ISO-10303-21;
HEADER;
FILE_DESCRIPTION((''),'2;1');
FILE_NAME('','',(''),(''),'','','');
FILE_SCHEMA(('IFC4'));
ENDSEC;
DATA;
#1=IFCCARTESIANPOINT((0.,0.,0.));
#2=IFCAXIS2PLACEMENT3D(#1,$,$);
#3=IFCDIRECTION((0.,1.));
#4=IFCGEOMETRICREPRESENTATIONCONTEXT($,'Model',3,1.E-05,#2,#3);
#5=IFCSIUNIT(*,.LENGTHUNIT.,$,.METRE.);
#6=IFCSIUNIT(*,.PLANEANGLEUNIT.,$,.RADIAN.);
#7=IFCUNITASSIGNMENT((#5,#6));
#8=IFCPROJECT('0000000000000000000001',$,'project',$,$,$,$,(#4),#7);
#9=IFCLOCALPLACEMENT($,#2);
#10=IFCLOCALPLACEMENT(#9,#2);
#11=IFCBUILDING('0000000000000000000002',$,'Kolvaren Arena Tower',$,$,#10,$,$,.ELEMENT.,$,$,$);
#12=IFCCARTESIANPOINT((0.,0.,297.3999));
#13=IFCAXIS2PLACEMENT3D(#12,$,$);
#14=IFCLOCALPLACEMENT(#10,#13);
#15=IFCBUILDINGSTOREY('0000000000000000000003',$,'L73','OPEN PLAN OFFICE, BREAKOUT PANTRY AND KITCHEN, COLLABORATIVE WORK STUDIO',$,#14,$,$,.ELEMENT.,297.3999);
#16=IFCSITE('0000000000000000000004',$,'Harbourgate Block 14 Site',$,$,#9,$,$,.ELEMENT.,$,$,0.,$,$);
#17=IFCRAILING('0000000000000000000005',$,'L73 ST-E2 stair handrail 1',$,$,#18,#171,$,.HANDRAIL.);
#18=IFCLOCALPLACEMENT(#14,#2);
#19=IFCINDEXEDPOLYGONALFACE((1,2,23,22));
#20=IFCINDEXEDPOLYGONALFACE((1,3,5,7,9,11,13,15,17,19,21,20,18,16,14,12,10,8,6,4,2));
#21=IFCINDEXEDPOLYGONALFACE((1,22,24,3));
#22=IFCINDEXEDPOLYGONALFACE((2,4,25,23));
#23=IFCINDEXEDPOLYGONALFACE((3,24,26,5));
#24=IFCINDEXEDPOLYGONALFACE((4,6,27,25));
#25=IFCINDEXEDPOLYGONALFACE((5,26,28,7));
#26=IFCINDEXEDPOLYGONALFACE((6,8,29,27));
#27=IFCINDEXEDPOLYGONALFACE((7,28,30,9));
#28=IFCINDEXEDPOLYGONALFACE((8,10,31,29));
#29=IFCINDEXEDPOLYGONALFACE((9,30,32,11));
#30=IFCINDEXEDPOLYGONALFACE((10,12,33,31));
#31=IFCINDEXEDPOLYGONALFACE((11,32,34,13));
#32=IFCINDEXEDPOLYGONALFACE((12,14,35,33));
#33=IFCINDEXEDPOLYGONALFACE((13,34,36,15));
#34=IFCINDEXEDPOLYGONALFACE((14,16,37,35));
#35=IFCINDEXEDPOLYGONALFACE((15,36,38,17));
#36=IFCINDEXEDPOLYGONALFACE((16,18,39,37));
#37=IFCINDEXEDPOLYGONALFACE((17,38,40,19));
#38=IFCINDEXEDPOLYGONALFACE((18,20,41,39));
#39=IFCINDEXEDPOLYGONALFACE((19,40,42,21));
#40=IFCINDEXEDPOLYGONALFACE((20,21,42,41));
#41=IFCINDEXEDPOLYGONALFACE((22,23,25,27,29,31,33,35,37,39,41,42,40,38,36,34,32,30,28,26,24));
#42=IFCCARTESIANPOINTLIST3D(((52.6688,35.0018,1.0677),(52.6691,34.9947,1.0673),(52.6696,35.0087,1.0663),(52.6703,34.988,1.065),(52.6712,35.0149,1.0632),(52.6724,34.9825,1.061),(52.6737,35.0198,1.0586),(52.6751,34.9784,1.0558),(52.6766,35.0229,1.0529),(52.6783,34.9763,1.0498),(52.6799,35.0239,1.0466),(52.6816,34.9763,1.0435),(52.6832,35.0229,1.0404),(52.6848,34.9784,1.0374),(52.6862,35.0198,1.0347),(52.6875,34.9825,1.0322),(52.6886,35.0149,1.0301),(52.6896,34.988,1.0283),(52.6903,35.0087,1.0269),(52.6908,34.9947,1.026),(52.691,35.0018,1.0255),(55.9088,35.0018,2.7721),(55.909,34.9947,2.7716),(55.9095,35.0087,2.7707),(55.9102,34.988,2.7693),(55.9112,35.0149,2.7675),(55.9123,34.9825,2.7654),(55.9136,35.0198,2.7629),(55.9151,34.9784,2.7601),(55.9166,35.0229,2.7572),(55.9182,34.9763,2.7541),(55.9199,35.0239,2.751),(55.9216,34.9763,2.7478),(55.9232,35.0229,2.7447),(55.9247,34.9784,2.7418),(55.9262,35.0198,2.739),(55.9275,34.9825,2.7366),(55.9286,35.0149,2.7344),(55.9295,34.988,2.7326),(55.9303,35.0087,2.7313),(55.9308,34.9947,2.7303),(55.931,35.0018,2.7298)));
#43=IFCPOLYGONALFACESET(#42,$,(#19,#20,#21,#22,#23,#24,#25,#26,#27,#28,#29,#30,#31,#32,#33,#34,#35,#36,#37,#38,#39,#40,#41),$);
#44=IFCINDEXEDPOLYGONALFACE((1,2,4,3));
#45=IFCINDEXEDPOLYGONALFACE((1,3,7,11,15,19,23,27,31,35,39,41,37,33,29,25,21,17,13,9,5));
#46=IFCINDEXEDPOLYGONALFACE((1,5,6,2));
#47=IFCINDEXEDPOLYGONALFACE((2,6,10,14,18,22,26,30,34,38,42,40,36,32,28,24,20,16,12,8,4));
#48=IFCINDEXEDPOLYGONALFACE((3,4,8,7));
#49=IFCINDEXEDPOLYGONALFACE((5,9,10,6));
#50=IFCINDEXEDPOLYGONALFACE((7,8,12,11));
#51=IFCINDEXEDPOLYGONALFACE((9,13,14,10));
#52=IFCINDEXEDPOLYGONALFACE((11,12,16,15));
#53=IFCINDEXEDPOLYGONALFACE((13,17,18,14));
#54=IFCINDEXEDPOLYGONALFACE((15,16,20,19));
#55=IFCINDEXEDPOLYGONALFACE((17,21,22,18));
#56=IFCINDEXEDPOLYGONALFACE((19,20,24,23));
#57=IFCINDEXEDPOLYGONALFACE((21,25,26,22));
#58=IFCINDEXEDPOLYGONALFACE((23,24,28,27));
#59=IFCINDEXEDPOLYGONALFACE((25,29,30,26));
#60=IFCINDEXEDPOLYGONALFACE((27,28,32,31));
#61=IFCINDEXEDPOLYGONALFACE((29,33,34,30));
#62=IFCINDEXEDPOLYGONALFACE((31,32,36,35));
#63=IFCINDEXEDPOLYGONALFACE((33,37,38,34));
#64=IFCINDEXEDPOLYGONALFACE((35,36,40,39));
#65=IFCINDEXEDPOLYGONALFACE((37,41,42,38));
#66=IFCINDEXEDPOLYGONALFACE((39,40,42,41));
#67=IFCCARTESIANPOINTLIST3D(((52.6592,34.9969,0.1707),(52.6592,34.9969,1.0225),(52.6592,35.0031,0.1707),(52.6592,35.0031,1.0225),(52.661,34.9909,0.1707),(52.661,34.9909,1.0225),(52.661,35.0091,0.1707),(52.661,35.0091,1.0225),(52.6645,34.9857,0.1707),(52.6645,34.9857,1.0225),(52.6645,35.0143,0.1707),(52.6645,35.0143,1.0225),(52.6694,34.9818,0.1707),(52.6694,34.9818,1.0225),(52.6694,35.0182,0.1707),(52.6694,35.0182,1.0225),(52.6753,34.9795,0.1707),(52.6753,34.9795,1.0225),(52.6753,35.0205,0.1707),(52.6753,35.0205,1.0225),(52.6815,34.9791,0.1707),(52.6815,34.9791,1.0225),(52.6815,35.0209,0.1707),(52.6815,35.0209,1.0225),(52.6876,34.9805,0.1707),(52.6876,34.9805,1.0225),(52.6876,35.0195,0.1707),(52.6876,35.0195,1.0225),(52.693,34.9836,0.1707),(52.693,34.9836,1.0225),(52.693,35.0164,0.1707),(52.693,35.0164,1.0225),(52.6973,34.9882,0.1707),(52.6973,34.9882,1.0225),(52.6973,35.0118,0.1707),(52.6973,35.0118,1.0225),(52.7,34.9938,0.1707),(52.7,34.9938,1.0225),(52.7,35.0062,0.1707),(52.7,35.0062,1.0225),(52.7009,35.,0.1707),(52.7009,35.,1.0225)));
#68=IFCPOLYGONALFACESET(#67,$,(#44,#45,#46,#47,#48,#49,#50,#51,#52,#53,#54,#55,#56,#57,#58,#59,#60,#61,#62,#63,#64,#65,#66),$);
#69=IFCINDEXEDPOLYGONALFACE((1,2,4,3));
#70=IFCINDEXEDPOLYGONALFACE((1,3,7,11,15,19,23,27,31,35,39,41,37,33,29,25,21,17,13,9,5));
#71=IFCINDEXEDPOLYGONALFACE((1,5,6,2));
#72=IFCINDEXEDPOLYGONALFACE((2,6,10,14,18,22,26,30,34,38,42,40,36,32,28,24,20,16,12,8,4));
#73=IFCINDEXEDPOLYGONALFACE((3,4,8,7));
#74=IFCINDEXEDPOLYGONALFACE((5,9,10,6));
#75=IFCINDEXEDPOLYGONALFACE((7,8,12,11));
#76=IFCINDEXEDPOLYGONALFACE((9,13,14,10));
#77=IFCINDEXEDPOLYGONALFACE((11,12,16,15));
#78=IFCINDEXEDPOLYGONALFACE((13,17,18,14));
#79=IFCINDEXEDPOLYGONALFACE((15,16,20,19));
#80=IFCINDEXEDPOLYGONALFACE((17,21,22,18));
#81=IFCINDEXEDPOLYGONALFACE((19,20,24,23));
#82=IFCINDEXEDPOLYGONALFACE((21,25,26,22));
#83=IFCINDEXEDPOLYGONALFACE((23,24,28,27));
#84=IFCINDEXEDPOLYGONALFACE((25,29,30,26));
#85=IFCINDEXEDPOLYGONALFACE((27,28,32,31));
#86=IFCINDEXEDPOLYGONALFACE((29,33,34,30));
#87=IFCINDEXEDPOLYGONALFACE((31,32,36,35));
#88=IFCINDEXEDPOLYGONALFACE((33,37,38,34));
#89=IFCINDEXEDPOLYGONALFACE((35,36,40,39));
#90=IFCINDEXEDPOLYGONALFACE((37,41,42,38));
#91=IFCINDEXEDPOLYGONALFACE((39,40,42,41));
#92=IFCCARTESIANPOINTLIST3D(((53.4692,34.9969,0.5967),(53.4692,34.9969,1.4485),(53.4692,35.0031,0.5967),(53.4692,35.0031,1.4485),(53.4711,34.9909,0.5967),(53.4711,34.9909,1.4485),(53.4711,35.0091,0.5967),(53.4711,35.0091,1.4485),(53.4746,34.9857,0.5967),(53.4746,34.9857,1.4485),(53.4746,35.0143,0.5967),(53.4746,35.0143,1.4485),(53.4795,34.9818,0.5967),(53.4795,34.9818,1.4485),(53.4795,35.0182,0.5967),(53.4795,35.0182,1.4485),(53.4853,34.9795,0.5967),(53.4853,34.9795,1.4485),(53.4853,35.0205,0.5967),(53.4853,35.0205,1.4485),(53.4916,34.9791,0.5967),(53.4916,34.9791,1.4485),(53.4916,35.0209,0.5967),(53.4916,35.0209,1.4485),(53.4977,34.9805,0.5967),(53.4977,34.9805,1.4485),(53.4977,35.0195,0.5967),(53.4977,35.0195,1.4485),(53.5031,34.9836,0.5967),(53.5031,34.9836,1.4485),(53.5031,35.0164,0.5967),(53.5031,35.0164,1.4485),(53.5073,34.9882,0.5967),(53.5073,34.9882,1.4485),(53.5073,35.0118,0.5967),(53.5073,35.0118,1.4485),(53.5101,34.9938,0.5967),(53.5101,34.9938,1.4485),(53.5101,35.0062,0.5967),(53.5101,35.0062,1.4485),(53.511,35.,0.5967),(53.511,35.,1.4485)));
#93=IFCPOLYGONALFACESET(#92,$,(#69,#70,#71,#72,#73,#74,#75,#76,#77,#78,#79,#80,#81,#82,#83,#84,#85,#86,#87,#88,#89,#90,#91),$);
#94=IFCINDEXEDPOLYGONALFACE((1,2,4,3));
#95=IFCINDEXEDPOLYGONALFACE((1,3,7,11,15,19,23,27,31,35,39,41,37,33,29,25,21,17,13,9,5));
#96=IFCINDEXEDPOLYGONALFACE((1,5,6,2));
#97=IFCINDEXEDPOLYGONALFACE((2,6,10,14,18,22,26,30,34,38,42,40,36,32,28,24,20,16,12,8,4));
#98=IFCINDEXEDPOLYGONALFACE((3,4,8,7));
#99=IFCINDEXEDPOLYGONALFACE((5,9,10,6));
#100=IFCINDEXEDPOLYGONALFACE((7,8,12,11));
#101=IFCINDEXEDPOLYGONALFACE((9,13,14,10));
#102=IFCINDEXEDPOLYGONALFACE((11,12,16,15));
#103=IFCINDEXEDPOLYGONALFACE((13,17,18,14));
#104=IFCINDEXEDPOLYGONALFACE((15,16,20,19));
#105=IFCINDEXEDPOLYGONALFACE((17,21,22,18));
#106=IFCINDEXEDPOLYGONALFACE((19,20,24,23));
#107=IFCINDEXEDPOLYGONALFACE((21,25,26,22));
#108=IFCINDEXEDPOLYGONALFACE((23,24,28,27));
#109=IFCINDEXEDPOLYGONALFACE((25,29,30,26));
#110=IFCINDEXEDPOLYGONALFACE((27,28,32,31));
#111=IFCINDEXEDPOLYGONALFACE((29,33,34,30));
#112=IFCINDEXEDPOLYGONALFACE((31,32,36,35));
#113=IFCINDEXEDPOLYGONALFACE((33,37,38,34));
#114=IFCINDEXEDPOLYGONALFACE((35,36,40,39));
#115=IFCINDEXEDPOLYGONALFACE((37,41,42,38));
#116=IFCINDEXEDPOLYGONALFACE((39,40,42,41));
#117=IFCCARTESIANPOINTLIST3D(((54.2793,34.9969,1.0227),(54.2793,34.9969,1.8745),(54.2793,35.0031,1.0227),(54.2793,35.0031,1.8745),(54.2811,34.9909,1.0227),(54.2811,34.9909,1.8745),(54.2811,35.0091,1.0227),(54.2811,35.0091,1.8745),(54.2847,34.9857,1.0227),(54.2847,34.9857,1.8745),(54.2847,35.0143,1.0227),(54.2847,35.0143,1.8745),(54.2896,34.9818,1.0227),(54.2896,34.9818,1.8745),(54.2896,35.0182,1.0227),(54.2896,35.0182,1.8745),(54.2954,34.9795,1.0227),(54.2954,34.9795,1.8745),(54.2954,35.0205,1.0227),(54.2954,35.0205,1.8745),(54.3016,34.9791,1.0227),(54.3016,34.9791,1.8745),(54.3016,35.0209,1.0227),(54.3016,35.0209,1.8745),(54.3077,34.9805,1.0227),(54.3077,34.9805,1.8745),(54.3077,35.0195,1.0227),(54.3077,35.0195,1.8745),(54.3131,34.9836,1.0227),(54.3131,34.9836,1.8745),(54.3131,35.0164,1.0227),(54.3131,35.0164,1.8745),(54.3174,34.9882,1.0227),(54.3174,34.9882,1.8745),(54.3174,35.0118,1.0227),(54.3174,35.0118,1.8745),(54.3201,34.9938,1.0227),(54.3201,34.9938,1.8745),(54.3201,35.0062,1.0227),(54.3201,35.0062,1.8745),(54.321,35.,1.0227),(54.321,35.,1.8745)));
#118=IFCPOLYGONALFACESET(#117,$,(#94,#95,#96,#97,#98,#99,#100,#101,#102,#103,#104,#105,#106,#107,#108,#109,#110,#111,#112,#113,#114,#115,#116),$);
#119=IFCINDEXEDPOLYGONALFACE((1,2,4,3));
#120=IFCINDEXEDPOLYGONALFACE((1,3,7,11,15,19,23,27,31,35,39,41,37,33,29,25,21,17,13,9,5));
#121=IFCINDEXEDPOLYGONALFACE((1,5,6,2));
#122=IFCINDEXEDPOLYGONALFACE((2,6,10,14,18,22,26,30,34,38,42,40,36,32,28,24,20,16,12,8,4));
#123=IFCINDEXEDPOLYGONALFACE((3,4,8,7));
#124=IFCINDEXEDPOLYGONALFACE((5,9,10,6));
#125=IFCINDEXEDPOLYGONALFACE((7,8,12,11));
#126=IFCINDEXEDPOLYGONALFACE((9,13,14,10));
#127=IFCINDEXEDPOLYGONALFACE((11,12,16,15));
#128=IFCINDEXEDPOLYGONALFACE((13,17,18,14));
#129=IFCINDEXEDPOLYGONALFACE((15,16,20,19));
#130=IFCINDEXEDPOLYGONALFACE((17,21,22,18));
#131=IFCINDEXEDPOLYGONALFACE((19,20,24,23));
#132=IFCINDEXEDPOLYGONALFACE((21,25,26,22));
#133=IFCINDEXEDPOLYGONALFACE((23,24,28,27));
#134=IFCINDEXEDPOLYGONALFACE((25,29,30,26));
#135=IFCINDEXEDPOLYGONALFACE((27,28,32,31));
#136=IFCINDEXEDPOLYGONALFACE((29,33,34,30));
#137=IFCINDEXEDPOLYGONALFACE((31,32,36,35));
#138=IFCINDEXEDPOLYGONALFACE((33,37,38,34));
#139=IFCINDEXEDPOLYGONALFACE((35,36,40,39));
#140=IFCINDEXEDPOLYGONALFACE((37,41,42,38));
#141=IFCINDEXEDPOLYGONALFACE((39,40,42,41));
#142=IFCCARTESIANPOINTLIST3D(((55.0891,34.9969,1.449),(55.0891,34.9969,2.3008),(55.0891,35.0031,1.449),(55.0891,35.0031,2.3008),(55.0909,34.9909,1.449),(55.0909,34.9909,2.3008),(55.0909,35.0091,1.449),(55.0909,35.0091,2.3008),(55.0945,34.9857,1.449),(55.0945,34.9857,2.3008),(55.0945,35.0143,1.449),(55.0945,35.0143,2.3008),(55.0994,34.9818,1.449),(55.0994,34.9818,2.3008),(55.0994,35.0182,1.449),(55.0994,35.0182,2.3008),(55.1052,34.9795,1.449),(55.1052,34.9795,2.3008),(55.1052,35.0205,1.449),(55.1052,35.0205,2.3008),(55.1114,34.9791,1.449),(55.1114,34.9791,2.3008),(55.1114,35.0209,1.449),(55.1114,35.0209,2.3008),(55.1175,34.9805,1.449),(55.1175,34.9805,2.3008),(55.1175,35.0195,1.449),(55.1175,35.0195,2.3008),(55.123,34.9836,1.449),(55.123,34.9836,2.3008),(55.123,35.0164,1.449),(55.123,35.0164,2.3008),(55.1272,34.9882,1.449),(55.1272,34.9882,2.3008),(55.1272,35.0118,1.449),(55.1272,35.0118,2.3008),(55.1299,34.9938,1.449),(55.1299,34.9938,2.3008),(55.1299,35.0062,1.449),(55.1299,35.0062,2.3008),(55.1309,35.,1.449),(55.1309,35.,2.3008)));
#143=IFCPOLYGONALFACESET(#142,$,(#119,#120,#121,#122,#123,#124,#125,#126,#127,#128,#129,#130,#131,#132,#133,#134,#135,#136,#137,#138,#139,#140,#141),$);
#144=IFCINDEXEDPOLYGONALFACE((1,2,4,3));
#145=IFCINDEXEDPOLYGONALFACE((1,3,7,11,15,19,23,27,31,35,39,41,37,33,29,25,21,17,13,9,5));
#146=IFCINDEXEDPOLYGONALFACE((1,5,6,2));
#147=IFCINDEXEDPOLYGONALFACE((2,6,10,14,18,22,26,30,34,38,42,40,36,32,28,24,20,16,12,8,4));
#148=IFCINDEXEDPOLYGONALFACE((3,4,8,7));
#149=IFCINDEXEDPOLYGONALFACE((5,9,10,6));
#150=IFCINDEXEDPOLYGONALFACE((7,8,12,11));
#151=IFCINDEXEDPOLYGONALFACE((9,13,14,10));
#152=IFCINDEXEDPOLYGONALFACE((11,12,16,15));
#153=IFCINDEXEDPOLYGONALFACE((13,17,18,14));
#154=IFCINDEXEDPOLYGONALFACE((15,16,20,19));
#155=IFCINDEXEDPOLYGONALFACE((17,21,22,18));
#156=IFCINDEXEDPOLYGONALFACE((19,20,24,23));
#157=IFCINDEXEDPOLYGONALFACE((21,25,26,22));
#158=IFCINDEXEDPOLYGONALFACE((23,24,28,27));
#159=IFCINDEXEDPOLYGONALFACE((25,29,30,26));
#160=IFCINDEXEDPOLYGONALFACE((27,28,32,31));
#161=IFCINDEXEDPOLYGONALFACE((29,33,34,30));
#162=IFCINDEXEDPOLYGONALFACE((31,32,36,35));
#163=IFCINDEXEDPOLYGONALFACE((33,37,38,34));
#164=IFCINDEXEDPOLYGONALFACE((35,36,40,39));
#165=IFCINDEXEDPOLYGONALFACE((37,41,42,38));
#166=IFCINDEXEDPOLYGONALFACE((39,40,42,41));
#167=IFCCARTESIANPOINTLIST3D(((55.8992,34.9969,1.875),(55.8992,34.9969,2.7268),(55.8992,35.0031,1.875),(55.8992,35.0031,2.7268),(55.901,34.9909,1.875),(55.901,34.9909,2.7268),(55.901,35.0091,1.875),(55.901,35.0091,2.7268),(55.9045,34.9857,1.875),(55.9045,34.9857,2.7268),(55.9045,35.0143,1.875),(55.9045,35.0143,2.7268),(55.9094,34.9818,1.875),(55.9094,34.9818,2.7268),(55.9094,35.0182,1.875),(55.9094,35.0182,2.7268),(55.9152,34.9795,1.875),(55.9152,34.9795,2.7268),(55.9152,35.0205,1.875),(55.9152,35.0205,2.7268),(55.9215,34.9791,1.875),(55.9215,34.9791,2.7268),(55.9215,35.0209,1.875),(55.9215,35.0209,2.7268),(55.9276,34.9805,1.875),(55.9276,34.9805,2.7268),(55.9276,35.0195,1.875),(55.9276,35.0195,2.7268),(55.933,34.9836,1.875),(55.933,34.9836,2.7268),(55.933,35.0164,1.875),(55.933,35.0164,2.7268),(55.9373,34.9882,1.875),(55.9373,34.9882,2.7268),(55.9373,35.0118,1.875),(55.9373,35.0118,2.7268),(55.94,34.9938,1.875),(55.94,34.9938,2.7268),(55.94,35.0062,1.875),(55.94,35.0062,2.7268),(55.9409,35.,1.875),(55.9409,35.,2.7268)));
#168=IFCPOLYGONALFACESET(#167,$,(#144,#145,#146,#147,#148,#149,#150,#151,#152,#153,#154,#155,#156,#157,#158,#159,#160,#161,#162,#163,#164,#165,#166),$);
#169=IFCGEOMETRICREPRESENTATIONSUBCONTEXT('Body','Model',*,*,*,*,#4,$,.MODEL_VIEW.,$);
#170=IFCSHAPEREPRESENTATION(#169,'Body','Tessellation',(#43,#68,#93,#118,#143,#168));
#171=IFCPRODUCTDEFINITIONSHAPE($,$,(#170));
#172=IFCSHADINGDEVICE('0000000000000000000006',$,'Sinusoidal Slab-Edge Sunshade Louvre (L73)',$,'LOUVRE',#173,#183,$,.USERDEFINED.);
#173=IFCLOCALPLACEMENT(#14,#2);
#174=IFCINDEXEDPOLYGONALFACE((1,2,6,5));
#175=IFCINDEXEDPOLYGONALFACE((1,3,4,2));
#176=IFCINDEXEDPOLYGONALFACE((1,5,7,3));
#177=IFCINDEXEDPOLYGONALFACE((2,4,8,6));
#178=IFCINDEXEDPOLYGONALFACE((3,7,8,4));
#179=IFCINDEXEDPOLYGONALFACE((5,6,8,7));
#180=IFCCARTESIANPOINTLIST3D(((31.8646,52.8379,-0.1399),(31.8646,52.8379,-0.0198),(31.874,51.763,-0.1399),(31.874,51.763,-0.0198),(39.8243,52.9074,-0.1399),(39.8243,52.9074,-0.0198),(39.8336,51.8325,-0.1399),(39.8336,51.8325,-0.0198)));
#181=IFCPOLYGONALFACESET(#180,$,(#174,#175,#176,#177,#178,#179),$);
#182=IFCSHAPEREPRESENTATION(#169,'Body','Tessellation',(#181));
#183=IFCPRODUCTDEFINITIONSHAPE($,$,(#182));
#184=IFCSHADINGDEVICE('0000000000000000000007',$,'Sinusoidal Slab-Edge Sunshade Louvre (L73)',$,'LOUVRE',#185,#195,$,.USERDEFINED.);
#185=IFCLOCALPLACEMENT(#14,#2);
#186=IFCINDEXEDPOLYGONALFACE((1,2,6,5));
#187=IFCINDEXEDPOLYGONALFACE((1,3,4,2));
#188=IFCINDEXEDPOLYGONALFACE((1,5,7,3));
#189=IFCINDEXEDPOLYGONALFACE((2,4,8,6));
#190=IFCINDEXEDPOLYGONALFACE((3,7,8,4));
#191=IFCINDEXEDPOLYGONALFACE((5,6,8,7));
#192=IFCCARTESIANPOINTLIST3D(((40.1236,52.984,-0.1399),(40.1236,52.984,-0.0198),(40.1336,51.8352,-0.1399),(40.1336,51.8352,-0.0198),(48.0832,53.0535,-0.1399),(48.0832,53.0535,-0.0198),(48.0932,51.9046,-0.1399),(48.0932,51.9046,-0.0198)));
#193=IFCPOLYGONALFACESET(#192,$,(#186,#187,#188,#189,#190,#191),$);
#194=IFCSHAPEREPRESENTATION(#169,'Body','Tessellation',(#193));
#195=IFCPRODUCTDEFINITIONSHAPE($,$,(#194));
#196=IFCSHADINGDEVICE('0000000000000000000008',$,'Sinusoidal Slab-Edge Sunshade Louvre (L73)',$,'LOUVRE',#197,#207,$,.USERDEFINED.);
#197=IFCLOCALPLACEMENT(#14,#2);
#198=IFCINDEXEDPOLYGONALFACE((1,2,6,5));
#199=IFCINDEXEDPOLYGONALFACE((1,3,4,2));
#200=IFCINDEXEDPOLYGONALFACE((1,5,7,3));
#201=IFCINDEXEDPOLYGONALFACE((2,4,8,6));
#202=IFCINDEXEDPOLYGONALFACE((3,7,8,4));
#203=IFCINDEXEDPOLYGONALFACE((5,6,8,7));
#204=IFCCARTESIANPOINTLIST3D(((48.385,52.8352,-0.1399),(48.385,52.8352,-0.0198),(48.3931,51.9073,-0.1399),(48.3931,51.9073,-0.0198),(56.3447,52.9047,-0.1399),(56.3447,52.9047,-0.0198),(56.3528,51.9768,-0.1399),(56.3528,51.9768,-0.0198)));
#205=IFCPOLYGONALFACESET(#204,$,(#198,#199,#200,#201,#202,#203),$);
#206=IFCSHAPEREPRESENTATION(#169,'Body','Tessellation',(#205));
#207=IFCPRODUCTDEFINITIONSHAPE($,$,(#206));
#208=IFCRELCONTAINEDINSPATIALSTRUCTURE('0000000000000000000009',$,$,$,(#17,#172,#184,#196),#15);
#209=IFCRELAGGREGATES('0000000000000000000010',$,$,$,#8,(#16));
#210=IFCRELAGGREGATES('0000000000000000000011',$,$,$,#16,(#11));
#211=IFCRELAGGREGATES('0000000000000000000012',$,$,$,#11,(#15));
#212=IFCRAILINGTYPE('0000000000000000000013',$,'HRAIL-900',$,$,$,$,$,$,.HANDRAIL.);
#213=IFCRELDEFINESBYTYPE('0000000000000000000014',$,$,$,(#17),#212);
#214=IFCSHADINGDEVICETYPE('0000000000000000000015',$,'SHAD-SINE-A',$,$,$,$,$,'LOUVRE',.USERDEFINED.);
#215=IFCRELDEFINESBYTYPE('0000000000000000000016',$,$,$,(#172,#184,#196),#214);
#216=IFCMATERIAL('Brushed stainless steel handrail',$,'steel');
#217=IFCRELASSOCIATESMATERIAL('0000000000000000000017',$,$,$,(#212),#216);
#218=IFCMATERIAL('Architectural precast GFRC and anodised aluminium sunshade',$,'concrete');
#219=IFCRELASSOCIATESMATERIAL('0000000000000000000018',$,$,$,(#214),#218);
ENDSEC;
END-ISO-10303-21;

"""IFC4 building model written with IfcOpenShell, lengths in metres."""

from ifc_helpers import new_model, si_unit, direction, frame, origin, origin_2d, place, context, subcontext, project, spatial, rectangle, circle, extrude, material, type_object, element, save


model = new_model("IFC4")

# Units and contexts
model_context = context("Model", 3, precision=1e-05, world=origin(), true_north=direction((0.0, 1.0)))
body_context = subcontext(model_context, "Body", "Model", "MODEL_VIEW")
ifc_project = project(units=[si_unit("LENGTHUNIT", "METRE"), si_unit("PLANEANGLEUNIT", "RADIAN")], contexts=[model_context])

# Site, building, storey
site_placement = place(None, origin())
site = spatial("IfcSite", under=ifc_project, at=site_placement, Name="Harbourgate Block 14 Site", CompositionType="ELEMENT", RefElevation=0.0)
building_placement = place(site_placement, origin())
building = spatial("IfcBuilding", under=site, at=building_placement, Name="Kolvaren Arena Tower", CompositionType="ELEMENT")
storey_placement = place(building_placement, frame((0.0, 0.0, 297.3999)))
storey = spatial("IfcBuildingStorey", under=building, at=storey_placement, Name="L73", Description="OPEN PLAN OFFICE, BREAKOUT PANTRY AND KITCHEN, COLLABORATIVE WORK STUDIO", CompositionType="ELEMENT", Elevation=297.3999)

# Railing
ifc_material_1 = material(Name="Brushed stainless steel handrail", Category="steel")
railing_type_1 = type_object("IfcRailingType", Name="HRAIL-900", PredefinedType="HANDRAIL", material=ifc_material_1)
railing_1_placement = place(storey_placement, frame((52.6799, 35.0, 0.1707)))
element("IfcRailing", 1, at=railing_1_placement, inside=storey, type_object=railing_type_1, Name="L73 ST-E2 stair handrail 1", PredefinedType="HANDRAIL", context=body_context, shape_type="SweptSolid", body=[
    extrude(circle(Radius=0.0239, at=origin_2d()), frame((0.0, 0.0, 0.876), z_axis=(0.885021, 0.0, 0.465551), x_axis=(0.0, 1.0, 0.0)), (0.0, 0.0, 1.0), 3.6609),
    extrude(circle(Radius=0.021, at=origin_2d()), origin(), (0.0, 0.0, 1.0), 0.8518),
    extrude(circle(Radius=0.021, at=origin_2d()), frame((0.8101, 0.0, 0.426)), (0.0, 0.0, 1.0), 0.8518),
    extrude(circle(Radius=0.021, at=origin_2d()), frame((1.6201, 0.0, 0.8521)), (0.0, 0.0, 1.0), 0.8518),
    extrude(circle(Radius=0.021, at=origin_2d()), frame((2.4299, 0.0, 1.2783)), (0.0, 0.0, 1.0), 0.8518),
    extrude(circle(Radius=0.021, at=origin_2d()), frame((3.24, 0.0, 1.7043)), (0.0, 0.0, 1.0), 0.8518),
])

# Shading devices
ifc_material_2 = material(Name="Architectural precast GFRC and anodised aluminium sunshade", Category="concrete")
shading_device_type = type_object("IfcShadingDeviceType", Name="SHAD-SINE-A", ElementType="LOUVRE", PredefinedType="USERDEFINED", material=ifc_material_2)
shading_device_1_placement = place(storey_placement, frame((35.8491, 52.3352, -0.1399), z_axis=(0.0, 0.0, 1.0), x_axis=(0.999962, 0.008727, 0.0)))
element("IfcShadingDevice", 2, at=shading_device_1_placement, inside=storey, type_object=shading_device_type, Name="Sinusoidal Slab-Edge Sunshade Louvre (L73)", ObjectType="LOUVRE", PredefinedType="USERDEFINED", context=body_context, shape_type="SweptSolid", body=[
    extrude(rectangle(XDim=7.96, YDim=1.075, at=origin_2d()), origin(), (0.0, 0.0, 1.0), 0.1201),
])
shading_device_2_placement = place(storey_placement, frame((44.1084, 52.4443, -0.1399), z_axis=(0.0, 0.0, 1.0), x_axis=(0.999962, 0.008727, 0.0)))
element("IfcShadingDevice", 3, at=shading_device_2_placement, inside=storey, type_object=shading_device_type, Name="Sinusoidal Slab-Edge Sunshade Louvre (L73)", ObjectType="LOUVRE", PredefinedType="USERDEFINED", context=body_context, shape_type="SweptSolid", body=[
    extrude(rectangle(XDim=7.96, YDim=1.1489, at=origin_2d()), origin(), (0.0, 0.0, 1.0), 0.1201),
])
shading_device_3_placement = place(storey_placement, frame((52.3689, 52.406, -0.1399), z_axis=(0.0, 0.0, 1.0), x_axis=(0.999962, 0.008727, 0.0)))
element("IfcShadingDevice", 4, at=shading_device_3_placement, inside=storey, type_object=shading_device_type, Name="Sinusoidal Slab-Edge Sunshade Louvre (L73)", ObjectType="LOUVRE", PredefinedType="USERDEFINED", context=body_context, shape_type="SweptSolid", body=[
    extrude(rectangle(XDim=7.96, YDim=0.928, at=origin_2d()), origin(), (0.0, 0.0, 1.0), 0.1201),
])

save(model, "model.ifc")
